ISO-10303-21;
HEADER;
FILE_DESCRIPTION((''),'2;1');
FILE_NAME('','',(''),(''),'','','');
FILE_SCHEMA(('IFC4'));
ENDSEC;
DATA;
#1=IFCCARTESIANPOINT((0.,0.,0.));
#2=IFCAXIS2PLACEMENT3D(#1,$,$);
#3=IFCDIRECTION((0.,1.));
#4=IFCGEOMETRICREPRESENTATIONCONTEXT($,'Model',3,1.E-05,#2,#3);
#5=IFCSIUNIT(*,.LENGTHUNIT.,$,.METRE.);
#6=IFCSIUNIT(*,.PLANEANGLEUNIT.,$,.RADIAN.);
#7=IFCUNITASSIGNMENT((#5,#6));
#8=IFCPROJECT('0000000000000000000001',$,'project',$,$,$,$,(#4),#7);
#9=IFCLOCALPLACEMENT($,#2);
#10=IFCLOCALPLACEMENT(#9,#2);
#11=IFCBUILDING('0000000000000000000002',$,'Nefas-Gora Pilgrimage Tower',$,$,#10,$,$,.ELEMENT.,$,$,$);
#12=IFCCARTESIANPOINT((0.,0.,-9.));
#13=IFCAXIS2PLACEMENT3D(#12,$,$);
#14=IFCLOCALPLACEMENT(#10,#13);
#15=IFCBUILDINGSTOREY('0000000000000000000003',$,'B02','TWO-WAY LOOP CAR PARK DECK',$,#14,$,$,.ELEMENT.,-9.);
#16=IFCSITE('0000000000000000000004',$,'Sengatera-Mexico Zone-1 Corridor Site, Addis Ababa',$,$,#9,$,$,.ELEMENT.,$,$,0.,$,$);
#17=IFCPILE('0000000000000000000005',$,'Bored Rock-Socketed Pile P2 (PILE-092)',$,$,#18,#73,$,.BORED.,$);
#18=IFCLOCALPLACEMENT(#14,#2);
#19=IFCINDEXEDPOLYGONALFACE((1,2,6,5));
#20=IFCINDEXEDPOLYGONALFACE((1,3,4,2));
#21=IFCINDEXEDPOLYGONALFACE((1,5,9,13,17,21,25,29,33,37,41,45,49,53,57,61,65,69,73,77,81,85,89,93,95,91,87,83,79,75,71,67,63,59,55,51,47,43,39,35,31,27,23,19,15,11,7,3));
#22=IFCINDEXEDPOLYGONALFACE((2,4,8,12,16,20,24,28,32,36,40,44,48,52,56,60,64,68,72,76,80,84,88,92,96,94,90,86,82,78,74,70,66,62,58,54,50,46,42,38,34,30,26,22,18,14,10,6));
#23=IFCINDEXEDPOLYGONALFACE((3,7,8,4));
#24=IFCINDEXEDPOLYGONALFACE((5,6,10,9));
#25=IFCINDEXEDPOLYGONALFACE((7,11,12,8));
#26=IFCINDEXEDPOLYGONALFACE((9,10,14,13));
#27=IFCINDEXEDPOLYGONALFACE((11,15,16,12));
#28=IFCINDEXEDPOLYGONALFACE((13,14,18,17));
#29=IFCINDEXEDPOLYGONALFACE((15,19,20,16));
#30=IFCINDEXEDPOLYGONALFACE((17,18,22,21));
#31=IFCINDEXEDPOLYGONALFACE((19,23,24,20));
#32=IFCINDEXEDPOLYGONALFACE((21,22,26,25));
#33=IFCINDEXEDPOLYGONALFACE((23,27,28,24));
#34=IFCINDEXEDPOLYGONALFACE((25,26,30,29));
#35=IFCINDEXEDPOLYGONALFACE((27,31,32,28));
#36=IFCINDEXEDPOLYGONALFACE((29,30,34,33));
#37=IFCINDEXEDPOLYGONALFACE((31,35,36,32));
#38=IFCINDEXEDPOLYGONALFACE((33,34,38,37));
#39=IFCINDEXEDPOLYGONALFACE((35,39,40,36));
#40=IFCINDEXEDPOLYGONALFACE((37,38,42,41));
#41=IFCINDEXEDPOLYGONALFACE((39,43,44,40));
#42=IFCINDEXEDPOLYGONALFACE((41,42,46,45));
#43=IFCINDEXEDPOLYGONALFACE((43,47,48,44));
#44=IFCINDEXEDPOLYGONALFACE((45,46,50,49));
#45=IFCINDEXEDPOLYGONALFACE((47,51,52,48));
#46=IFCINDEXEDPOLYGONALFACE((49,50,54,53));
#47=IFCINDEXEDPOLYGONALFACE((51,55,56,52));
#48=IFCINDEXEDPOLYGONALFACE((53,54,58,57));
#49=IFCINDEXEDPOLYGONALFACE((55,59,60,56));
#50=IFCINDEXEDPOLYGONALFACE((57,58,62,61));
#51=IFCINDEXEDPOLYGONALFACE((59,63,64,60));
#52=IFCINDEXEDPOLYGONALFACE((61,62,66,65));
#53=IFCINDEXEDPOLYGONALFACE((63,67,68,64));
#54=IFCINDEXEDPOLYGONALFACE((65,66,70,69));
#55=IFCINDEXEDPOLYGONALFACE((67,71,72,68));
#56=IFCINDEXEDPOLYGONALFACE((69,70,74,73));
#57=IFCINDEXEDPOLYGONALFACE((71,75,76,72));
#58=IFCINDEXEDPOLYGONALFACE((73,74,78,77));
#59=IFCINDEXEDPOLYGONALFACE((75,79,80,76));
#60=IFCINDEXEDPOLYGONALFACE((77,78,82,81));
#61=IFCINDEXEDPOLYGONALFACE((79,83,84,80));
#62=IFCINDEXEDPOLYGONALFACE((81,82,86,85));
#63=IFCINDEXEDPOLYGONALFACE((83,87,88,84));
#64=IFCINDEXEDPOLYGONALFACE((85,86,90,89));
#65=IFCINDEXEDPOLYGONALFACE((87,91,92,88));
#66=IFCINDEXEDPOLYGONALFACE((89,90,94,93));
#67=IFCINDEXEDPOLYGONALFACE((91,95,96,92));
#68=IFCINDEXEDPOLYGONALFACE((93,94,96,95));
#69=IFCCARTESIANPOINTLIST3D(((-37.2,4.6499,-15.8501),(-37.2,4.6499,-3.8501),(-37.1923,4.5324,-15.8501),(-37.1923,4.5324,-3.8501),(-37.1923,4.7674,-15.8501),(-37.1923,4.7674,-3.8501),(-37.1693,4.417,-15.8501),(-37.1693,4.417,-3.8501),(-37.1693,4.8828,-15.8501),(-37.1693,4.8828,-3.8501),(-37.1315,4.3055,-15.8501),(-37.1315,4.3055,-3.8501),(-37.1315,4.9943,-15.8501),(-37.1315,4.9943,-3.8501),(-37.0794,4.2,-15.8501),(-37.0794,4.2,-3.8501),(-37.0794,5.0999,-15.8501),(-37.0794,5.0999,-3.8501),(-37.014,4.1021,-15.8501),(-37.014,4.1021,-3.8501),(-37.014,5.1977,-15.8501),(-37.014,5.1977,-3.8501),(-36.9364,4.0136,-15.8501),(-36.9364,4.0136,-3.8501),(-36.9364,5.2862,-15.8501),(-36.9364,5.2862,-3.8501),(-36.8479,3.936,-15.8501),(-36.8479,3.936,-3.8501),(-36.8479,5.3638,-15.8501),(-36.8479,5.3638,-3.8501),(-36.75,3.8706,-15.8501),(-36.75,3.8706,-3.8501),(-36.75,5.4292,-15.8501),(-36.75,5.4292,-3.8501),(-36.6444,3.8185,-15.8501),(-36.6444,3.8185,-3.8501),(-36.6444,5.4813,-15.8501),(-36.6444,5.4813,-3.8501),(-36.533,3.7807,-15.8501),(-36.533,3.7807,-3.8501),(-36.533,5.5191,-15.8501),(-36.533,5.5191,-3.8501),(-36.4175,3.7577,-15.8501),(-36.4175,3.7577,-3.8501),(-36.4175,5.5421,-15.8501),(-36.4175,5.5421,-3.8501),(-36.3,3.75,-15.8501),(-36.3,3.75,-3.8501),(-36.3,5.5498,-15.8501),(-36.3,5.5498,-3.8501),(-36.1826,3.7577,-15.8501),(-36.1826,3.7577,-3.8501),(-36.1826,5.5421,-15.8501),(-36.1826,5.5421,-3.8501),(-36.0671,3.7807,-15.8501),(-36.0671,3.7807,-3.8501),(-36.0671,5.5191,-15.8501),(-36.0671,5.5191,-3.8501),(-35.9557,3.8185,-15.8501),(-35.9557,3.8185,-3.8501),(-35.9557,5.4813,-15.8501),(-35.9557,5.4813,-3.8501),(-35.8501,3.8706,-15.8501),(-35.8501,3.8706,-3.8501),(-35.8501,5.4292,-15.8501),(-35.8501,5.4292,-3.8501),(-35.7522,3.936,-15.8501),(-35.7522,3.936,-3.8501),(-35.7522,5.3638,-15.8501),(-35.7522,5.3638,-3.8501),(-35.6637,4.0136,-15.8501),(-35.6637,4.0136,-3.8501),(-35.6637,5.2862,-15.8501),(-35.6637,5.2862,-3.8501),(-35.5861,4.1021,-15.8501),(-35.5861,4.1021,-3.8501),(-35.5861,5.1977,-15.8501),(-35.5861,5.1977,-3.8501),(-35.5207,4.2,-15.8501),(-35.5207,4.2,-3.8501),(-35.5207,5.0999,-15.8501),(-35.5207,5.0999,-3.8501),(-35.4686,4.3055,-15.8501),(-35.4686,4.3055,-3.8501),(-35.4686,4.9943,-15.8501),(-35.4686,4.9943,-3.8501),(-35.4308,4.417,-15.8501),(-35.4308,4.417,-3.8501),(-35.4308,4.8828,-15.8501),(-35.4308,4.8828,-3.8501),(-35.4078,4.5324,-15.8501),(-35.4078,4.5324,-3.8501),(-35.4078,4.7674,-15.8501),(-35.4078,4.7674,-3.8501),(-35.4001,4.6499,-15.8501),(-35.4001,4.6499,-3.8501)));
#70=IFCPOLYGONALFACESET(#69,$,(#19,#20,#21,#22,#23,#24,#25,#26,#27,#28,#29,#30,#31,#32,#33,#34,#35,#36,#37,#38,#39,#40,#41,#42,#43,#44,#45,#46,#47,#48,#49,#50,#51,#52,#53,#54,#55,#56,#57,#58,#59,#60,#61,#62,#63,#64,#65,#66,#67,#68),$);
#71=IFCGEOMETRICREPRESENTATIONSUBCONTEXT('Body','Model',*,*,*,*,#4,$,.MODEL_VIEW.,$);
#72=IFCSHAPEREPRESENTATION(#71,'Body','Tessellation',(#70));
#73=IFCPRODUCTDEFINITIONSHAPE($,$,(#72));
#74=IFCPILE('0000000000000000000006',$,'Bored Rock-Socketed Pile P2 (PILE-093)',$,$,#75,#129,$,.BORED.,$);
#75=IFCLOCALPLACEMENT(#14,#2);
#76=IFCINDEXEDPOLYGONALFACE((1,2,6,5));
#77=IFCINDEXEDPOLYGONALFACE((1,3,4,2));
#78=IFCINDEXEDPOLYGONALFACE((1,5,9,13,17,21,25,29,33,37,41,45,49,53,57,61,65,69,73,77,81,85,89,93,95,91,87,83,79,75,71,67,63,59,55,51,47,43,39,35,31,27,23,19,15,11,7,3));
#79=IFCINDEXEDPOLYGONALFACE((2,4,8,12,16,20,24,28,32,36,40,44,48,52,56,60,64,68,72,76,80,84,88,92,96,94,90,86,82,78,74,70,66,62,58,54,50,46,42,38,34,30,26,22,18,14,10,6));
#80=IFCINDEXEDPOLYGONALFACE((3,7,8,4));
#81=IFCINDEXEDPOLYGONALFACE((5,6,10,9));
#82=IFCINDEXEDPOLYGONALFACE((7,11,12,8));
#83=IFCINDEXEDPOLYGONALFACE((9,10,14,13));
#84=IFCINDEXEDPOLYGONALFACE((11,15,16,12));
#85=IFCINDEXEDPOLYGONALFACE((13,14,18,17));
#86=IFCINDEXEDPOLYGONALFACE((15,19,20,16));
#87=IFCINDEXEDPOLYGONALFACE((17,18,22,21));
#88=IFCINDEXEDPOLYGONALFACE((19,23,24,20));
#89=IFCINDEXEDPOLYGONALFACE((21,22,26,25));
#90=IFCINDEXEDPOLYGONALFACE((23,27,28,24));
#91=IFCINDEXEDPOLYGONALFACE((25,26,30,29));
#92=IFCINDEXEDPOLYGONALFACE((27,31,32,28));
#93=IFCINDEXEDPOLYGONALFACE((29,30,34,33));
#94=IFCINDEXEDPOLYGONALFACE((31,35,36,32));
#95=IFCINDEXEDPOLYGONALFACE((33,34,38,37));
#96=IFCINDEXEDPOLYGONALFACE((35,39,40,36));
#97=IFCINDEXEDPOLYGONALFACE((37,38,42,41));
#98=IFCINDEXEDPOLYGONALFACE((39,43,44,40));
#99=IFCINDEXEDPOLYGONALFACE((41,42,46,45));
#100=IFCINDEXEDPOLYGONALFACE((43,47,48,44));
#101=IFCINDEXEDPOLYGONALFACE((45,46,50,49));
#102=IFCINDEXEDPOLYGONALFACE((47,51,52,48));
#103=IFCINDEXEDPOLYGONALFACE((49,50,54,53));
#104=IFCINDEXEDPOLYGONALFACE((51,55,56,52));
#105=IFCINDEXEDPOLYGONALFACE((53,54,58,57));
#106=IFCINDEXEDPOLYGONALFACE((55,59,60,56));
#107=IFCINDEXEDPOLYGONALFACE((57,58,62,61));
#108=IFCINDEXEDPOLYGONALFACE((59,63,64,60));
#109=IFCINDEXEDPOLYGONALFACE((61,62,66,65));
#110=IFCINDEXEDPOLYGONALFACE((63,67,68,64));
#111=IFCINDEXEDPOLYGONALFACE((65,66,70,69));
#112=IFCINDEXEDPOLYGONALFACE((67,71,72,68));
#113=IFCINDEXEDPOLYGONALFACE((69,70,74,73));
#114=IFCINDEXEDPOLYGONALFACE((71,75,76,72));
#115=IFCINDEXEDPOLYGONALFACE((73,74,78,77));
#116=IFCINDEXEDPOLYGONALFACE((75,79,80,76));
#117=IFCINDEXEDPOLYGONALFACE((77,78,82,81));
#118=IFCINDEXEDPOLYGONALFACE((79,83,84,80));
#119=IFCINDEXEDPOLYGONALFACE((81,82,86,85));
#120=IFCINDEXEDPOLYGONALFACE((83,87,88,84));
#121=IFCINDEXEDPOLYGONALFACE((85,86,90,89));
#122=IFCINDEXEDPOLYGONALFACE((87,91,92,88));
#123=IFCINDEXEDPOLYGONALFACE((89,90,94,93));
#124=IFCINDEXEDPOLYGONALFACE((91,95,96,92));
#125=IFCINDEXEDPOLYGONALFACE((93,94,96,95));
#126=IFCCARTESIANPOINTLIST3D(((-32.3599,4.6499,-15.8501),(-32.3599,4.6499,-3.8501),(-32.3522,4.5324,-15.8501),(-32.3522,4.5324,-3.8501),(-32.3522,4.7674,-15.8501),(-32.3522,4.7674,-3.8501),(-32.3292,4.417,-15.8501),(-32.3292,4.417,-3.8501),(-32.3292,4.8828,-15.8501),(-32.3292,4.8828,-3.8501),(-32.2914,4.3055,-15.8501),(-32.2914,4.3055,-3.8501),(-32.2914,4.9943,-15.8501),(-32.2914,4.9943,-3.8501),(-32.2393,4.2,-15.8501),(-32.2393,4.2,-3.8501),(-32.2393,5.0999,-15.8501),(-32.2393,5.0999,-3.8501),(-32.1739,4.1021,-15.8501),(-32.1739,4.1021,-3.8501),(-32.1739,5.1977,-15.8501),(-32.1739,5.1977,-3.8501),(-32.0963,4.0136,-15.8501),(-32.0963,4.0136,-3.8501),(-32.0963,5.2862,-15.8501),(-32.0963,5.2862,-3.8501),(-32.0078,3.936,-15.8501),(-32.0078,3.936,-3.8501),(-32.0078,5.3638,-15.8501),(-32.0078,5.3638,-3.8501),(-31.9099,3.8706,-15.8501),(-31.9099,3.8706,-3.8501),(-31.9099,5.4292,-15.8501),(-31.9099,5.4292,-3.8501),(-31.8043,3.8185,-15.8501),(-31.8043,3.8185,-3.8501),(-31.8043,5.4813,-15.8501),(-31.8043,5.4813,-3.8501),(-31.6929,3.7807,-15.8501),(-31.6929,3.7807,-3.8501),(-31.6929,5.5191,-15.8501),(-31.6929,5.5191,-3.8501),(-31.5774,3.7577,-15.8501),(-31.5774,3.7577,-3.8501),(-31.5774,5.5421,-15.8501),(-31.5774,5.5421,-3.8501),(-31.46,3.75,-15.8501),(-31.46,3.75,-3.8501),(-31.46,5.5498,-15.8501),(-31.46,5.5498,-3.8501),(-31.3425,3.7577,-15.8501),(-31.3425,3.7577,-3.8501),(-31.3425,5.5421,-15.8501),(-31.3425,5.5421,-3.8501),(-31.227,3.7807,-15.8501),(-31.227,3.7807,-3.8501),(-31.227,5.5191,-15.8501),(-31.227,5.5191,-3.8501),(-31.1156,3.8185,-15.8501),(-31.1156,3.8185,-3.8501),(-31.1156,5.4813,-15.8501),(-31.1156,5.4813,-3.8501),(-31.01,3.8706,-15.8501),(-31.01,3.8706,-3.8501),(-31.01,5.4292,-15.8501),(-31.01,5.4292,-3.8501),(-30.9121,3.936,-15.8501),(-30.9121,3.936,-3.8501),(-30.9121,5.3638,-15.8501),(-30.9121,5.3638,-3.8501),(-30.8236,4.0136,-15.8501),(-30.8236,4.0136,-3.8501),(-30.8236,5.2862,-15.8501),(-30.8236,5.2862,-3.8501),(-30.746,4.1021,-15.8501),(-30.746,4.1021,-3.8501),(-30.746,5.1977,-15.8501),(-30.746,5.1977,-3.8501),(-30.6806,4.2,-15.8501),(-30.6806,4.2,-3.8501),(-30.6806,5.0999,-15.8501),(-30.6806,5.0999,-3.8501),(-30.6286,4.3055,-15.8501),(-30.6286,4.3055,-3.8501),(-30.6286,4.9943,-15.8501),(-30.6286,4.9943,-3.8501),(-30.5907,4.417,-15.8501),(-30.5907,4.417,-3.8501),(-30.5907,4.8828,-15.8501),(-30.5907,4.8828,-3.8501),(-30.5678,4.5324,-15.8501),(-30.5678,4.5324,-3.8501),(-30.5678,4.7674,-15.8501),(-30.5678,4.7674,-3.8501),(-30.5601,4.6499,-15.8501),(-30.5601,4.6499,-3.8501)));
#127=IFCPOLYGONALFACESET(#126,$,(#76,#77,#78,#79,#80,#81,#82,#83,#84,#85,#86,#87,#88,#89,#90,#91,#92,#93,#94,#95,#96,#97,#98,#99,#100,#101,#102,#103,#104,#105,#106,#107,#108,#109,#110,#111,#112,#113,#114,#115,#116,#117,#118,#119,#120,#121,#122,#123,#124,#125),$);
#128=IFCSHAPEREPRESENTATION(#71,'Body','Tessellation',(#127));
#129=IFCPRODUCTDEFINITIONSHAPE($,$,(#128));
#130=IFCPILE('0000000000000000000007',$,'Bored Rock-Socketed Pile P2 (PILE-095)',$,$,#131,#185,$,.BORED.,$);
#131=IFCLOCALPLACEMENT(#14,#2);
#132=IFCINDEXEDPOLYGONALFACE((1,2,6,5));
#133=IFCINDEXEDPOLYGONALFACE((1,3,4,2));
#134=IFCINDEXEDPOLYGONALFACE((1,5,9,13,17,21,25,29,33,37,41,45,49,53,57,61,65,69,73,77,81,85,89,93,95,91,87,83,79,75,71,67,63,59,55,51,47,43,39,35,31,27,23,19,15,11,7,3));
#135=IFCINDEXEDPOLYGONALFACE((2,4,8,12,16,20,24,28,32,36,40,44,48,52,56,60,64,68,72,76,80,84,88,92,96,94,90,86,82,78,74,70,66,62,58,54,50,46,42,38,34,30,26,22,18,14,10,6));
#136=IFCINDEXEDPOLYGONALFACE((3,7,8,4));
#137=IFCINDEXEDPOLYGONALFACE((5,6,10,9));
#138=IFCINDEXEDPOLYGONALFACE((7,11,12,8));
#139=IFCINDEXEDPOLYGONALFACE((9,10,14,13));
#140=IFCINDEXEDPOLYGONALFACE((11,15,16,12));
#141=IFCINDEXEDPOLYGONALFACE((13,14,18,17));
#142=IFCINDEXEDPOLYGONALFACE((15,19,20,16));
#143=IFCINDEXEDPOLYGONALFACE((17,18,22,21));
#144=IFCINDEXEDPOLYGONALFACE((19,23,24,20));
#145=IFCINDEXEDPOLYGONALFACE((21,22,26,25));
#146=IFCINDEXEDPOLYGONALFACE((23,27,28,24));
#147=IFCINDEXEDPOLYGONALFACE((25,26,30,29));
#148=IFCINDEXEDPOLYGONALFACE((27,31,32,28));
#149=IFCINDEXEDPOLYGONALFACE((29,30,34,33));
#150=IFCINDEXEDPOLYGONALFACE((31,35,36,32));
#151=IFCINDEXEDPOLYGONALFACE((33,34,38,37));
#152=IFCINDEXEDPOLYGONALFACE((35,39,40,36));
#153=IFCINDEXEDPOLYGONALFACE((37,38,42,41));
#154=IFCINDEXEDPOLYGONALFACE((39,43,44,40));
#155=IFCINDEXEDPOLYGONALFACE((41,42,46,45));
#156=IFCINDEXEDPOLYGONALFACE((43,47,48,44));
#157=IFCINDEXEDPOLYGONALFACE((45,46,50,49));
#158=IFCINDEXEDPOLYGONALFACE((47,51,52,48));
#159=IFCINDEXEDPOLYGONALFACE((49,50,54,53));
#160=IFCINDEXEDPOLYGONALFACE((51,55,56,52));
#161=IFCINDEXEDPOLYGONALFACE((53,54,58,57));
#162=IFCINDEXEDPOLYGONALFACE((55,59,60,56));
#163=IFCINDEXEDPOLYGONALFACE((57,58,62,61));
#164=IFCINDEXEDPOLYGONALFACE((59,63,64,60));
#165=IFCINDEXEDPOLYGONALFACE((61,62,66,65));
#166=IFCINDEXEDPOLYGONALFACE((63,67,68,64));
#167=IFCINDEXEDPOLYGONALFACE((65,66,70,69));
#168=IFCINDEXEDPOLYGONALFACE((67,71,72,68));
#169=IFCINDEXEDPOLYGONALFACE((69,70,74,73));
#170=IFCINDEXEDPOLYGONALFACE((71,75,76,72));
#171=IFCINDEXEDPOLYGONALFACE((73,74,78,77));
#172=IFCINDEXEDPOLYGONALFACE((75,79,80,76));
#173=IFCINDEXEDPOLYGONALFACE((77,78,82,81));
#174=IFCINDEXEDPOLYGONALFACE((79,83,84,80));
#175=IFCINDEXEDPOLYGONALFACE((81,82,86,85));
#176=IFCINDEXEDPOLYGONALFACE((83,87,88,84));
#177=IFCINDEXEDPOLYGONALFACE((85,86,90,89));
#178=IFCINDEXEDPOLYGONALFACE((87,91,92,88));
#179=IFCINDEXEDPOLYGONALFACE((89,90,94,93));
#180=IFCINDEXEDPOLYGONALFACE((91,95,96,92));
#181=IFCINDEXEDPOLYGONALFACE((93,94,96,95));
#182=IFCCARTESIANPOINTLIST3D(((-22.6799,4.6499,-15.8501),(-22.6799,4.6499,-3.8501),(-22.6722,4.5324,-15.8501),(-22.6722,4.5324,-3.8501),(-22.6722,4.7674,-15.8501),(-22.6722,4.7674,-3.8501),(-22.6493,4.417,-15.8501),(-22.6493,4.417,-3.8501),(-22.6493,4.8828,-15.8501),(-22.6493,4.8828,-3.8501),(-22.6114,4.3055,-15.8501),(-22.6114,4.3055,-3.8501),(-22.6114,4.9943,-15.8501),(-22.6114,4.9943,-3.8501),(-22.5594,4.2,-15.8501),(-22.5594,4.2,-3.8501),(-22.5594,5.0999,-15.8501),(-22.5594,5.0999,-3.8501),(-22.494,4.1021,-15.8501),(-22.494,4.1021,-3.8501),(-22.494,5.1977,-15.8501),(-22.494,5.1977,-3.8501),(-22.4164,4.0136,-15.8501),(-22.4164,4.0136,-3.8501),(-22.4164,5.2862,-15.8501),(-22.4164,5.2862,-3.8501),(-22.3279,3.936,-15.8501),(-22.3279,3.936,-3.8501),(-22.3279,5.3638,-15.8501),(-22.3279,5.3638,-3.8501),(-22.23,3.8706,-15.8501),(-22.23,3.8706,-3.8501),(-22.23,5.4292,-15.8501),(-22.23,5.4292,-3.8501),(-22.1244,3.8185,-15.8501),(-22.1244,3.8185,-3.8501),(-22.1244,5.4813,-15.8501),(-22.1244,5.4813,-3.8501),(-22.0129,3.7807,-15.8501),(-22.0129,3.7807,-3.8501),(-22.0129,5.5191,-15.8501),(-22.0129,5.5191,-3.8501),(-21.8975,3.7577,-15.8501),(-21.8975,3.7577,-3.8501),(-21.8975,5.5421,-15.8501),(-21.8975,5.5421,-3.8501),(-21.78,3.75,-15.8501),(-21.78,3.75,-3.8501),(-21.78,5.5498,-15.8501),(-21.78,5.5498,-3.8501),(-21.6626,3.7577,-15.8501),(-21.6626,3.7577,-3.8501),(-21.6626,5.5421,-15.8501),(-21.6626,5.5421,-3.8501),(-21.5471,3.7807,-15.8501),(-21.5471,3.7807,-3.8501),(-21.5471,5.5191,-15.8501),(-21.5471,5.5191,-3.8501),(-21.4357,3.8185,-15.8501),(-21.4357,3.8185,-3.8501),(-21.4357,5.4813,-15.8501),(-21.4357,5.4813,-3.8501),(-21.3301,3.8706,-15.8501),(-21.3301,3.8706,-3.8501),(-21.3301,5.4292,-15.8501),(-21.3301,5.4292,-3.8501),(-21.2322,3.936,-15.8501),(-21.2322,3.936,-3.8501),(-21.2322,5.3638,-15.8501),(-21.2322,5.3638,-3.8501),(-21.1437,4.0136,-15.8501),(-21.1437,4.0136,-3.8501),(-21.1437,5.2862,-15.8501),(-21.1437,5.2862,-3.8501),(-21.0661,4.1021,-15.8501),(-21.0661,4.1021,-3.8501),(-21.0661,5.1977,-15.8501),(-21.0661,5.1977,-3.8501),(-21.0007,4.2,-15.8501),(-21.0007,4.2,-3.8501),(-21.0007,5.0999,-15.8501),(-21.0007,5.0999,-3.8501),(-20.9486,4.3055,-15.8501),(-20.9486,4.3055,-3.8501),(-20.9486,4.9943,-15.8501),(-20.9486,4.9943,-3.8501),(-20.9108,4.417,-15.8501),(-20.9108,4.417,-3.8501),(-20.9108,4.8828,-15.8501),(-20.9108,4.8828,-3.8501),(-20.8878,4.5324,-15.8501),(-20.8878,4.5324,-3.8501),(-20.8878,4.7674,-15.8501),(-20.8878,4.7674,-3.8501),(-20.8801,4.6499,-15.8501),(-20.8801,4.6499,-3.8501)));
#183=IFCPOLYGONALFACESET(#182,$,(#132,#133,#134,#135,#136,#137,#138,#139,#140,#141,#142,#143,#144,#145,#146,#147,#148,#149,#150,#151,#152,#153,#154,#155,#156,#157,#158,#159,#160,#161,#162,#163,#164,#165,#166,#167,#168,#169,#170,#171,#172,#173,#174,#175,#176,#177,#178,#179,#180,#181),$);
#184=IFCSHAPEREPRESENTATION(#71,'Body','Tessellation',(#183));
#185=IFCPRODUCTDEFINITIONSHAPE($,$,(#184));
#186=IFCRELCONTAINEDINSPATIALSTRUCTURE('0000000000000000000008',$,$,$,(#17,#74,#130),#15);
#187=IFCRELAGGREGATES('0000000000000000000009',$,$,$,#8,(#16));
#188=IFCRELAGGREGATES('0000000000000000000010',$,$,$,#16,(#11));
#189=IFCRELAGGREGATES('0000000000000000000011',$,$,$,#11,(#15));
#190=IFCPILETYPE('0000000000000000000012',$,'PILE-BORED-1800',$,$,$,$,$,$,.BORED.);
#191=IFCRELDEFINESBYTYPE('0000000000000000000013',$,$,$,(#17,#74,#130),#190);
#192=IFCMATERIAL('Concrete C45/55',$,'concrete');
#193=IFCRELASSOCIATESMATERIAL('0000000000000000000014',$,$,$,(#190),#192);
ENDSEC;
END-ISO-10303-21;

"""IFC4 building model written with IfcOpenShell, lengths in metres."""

from ifc_helpers import new_model, si_unit, direction, frame, origin, origin_2d, place, context, subcontext, project, spatial, circle, extrude, source, transform, mapped, material, material_profile, profile_set, type_object, element, save


model = new_model("IFC4")

# Units and contexts
model_context = context("Model", 3, precision=1e-05, world=origin(), true_north=direction((0.0, 1.0)))
body_context = subcontext(model_context, "Body", "Model", "MODEL_VIEW")
ifc_project = project(units=[si_unit("LENGTHUNIT", "METRE"), si_unit("PLANEANGLEUNIT", "RADIAN")], contexts=[model_context])

# Site, building, storey
site_placement = place(None, origin())
site = spatial("IfcSite", under=ifc_project, at=site_placement, Name="Sengatera-Mexico Zone-1 Corridor Site, Addis Ababa", CompositionType="ELEMENT", RefElevation=0.0)
building_placement = place(site_placement, origin())
building = spatial("IfcBuilding", under=site, at=building_placement, Name="Nefas-Gora Pilgrimage Tower", CompositionType="ELEMENT")
storey_placement = place(building_placement, frame((0.0, 0.0, -9.0)))
storey = spatial("IfcBuildingStorey", under=building, at=storey_placement, Name="B02", Description="TWO-WAY LOOP CAR PARK DECK", CompositionType="ELEMENT", Elevation=-9.0)

# Piles
ifc_material_1 = material(Name="Concrete C45/55", Category="concrete")
ifc_material_profile_1 = material_profile(ifc_material_1, circle(Radius=0.8999, at=origin_2d()), Name="PILE D1800")
ifc_profile_set_1 = profile_set([ifc_material_profile_1], Name="Concrete C45/55")
pile_type_1 = type_object("IfcPileType", Name="PILE-BORED-1800", PredefinedType="BORED", material=ifc_profile_set_1)
shared_shape_1 = source(origin(), body_context, "Body", "SweptSolid", [
    extrude(circle(Radius=0.8999, at=origin_2d()), origin(), (0.0, 0.0, 1.0), 12.0),
])
for number, where, z_axis, x_axis, name in (
    (1, (-36.3, 4.6499, -3.8501), (0.0, 0.0, -1.0), (1.0, 0.0, 0.0), "Bored Rock-Socketed Pile P2 (PILE-092)"),
    (2, (-31.46, 4.6499, -3.8501), (0.0, 0.0, -1.0), (1.0, 0.0, 0.0), "Bored Rock-Socketed Pile P2 (PILE-093)"),
    (3, (-21.78, 4.6499, -3.8501), (0.0, 0.0, -1.0), (1.0, 0.0, 0.0), "Bored Rock-Socketed Pile P2 (PILE-095)"),
):
    element("IfcPile", number, at=place(storey_placement, frame(where, z_axis=z_axis, x_axis=x_axis)), inside=storey, type_object=pile_type_1, Name=name, PredefinedType="BORED", context=body_context, shape_type="MappedRepresentation", body=[
        mapped(shared_shape_1, transform((0.0, 0.0, 0.0), x_axis=(1.0, 0.0, 0.0), y_axis=(0.0, 1.0, 0.0), z_axis=(0.0, 0.0, 1.0), scale=1.0)),
    ])

save(model, "model.ifc")
